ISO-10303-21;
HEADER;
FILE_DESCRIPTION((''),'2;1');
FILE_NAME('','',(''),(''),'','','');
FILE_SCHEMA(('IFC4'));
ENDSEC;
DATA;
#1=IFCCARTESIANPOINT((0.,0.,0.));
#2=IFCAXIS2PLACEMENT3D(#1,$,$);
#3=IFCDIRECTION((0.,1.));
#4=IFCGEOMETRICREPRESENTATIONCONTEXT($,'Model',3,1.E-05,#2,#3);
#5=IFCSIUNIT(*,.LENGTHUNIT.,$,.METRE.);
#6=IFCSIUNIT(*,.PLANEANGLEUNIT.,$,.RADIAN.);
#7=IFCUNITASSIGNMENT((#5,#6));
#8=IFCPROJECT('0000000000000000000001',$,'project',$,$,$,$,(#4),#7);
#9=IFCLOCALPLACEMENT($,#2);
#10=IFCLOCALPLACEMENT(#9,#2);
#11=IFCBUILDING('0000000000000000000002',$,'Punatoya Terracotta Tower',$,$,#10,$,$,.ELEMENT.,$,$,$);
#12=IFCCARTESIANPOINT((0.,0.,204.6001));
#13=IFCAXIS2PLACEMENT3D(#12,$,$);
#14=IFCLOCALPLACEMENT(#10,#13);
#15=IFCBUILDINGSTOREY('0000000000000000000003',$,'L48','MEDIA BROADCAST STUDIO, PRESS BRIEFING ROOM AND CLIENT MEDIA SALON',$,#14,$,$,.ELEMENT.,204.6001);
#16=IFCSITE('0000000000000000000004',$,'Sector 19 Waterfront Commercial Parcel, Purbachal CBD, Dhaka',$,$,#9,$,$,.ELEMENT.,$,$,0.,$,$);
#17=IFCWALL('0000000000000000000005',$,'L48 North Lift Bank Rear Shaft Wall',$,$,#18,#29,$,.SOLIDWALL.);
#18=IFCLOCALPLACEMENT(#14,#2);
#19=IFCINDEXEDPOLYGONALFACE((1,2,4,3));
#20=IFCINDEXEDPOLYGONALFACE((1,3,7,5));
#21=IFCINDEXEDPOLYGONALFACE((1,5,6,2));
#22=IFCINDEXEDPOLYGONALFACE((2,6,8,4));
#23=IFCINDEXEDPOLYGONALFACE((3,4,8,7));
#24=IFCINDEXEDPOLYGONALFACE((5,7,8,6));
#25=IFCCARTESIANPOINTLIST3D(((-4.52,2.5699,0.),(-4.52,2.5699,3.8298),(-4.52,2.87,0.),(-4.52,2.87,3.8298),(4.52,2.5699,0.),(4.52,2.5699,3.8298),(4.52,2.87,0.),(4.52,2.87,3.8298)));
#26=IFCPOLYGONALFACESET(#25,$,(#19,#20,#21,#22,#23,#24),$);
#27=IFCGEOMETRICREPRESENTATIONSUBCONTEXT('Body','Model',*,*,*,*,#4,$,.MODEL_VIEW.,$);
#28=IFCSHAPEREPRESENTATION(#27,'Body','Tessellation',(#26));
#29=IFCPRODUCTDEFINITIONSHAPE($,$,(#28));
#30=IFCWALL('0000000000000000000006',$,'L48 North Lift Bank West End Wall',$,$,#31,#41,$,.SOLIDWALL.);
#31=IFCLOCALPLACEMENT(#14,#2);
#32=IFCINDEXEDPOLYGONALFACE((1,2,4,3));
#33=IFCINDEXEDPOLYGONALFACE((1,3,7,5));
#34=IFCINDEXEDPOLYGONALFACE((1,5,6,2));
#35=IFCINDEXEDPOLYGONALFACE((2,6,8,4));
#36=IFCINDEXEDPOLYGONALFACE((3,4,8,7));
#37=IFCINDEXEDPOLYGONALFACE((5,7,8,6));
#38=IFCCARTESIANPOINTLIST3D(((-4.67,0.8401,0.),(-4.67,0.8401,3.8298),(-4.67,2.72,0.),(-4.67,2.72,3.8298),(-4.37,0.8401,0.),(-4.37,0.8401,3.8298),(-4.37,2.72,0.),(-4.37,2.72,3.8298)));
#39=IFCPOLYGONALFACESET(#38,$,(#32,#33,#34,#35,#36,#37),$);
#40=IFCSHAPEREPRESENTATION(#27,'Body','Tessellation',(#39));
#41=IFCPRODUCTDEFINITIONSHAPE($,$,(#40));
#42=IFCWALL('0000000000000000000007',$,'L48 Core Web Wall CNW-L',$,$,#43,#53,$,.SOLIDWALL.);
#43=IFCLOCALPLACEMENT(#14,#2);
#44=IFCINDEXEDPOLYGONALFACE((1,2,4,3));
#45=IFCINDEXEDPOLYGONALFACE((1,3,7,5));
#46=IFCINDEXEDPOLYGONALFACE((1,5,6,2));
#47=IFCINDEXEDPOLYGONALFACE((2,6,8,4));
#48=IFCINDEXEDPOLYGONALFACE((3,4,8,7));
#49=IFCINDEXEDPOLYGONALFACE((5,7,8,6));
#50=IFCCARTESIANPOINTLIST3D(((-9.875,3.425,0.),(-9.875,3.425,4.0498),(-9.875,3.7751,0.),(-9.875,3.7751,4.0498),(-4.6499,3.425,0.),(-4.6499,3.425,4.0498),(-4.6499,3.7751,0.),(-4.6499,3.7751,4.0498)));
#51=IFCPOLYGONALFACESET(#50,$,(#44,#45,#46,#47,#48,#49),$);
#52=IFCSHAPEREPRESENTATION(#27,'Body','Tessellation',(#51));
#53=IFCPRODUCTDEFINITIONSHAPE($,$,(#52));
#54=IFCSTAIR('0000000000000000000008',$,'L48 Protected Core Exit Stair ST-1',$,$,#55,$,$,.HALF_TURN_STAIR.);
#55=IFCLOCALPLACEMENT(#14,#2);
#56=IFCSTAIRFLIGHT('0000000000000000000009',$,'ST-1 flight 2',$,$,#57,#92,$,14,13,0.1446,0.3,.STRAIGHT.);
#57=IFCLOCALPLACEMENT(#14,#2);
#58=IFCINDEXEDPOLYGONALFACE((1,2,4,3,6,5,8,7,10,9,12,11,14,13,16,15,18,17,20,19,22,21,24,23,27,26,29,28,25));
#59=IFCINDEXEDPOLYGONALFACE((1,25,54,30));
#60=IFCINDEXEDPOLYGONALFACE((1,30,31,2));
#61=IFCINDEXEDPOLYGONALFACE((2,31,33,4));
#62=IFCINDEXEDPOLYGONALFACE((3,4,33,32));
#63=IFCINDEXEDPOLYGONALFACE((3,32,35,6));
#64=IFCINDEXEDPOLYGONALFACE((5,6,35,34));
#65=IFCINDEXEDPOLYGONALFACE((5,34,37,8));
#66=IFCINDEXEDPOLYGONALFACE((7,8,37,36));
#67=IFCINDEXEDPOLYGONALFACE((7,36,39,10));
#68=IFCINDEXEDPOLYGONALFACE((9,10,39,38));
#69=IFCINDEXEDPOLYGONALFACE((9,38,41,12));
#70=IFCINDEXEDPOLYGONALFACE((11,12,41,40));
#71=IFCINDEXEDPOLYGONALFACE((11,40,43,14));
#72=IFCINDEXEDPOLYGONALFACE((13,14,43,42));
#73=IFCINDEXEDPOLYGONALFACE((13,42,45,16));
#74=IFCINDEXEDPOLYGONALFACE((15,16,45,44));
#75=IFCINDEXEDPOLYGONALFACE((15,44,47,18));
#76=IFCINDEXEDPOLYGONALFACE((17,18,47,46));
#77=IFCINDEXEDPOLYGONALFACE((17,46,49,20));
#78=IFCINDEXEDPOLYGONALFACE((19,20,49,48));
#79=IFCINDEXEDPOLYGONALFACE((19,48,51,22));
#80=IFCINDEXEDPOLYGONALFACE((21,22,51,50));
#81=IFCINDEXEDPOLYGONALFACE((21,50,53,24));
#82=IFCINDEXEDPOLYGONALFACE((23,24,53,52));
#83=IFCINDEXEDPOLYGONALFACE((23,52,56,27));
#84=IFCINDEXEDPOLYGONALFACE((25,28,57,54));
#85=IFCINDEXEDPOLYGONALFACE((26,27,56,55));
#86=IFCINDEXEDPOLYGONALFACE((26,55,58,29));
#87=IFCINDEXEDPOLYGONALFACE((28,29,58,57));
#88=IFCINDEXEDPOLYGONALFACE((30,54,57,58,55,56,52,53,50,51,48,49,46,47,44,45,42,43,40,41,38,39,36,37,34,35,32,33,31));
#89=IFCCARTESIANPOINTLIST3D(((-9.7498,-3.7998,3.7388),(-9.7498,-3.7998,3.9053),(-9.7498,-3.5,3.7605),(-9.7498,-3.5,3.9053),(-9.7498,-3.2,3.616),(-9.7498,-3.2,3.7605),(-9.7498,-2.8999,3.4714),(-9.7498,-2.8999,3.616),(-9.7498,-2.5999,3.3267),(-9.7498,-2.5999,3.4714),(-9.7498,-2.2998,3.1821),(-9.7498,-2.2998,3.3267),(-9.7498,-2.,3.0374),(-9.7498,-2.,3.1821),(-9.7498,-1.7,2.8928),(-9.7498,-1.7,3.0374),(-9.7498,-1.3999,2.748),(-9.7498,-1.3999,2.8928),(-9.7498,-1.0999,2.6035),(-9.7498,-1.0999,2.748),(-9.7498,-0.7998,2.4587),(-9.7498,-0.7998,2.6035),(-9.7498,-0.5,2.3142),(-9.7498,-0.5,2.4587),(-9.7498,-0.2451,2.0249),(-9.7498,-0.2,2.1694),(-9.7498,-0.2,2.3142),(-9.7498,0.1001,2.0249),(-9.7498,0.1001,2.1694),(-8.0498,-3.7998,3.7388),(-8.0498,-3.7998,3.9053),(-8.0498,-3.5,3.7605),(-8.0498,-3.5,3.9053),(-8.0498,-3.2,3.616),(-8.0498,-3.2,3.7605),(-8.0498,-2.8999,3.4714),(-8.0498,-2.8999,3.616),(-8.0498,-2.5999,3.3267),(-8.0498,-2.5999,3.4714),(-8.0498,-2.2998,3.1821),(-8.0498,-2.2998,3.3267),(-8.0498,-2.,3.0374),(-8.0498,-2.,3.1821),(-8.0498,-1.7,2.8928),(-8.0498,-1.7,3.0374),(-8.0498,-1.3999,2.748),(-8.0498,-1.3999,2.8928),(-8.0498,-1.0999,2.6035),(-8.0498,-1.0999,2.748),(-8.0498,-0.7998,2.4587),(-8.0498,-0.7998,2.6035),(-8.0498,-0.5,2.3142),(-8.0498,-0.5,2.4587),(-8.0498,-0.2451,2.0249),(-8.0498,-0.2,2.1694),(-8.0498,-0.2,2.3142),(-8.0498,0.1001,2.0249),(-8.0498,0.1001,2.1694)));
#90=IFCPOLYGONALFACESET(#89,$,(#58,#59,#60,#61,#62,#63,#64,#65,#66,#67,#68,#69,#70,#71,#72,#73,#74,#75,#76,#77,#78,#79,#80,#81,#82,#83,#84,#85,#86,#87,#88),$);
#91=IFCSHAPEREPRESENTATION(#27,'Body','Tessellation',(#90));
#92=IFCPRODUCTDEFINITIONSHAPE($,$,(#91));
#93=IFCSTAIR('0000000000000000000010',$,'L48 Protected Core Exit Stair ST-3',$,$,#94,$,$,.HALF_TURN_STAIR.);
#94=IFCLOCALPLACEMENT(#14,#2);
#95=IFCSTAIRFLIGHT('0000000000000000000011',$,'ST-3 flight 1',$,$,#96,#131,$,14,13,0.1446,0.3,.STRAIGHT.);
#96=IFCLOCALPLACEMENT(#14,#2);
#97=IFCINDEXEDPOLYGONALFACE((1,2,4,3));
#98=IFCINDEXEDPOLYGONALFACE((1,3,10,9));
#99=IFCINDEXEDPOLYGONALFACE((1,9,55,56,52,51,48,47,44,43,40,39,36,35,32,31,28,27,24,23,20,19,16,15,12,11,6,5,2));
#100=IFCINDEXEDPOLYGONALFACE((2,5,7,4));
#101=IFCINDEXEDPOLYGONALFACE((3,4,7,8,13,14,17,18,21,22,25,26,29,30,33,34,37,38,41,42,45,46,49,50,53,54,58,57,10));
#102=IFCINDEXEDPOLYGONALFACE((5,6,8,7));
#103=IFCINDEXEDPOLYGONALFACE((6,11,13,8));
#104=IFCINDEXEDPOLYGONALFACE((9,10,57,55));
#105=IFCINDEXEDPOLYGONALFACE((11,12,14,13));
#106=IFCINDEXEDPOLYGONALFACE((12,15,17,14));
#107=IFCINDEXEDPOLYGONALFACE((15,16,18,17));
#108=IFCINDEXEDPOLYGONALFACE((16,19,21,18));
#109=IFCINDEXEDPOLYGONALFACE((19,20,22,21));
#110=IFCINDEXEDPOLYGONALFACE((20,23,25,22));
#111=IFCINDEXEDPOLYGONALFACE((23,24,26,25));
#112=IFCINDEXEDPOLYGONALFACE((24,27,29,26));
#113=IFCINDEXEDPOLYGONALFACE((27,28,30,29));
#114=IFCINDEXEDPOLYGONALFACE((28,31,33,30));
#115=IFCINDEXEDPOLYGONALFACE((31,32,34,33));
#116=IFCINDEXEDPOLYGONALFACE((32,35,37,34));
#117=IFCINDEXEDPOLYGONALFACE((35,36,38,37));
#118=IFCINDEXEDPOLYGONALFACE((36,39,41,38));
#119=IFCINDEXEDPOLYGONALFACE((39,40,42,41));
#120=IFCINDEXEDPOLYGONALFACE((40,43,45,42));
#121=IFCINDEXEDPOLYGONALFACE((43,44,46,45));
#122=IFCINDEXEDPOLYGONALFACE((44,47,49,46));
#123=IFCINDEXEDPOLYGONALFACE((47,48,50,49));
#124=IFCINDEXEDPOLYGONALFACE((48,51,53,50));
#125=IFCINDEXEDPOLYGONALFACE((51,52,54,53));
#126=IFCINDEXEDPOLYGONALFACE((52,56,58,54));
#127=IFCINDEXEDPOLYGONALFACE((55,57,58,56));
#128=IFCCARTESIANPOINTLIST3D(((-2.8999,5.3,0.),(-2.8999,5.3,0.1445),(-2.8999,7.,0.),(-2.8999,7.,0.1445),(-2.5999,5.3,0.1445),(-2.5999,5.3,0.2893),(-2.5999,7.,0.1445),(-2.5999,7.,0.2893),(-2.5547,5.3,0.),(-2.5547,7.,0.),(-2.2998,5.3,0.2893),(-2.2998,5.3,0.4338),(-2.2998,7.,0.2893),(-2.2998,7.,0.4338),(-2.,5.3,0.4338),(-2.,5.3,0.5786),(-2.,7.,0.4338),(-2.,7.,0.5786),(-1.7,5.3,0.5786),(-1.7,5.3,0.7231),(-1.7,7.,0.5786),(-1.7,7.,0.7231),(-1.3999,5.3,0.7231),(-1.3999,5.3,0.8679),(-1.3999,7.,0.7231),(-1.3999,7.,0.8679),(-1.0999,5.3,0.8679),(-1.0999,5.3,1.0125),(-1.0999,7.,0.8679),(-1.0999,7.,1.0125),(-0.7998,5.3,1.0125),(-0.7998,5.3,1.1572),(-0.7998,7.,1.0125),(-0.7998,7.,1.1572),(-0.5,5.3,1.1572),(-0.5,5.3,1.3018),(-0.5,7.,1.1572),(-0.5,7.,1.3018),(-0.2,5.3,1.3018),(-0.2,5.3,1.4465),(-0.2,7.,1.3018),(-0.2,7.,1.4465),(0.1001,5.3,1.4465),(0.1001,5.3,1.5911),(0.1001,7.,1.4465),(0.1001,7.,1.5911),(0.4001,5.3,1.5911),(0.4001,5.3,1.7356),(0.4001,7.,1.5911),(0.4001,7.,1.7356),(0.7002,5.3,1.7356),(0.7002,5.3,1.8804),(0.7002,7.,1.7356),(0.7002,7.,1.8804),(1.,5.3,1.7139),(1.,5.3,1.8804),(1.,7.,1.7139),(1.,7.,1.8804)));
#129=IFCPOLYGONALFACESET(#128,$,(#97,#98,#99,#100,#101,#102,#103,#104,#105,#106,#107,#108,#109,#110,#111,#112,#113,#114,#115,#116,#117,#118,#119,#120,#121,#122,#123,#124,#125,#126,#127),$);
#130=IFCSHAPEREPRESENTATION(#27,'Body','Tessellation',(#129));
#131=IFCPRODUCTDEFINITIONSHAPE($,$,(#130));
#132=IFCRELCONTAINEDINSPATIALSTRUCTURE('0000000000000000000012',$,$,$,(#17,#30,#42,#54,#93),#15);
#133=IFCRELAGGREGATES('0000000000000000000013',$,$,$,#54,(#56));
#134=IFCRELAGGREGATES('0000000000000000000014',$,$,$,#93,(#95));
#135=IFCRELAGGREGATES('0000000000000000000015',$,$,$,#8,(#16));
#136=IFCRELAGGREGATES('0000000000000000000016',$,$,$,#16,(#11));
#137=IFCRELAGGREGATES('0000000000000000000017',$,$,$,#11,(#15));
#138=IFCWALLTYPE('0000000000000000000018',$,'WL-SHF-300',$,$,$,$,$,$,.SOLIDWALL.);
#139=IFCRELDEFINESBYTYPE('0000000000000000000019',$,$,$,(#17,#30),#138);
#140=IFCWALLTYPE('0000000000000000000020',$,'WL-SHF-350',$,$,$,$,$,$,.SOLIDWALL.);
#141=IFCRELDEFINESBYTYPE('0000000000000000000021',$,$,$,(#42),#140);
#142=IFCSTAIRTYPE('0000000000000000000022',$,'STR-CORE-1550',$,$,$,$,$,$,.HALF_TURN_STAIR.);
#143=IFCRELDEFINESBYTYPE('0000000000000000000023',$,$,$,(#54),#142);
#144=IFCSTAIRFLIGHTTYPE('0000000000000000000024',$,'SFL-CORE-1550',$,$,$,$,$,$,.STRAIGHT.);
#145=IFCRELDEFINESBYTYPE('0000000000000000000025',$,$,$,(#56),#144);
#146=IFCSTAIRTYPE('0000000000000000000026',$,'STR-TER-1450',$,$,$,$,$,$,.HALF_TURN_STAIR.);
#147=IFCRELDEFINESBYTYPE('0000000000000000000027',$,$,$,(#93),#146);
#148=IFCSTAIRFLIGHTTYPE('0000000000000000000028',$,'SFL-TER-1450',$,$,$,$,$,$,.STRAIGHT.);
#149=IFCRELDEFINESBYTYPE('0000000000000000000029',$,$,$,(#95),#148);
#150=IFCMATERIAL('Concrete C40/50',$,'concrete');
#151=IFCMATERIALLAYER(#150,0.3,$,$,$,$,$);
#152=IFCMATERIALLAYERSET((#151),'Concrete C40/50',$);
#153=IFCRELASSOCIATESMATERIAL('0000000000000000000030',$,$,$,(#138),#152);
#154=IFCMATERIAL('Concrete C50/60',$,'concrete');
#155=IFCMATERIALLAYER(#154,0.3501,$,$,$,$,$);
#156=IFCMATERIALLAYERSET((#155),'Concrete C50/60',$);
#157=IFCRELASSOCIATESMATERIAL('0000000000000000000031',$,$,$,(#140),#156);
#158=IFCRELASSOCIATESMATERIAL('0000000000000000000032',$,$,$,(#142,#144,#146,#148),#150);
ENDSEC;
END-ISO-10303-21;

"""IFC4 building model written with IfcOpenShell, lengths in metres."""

from ifc_helpers import new_model, si_unit, direction, frame, frame_2d, origin, place, context, subcontext, project, spatial, polyline, rectangle, outline, extrude, material, layer, layer_set, type_object, element, aggregate, save


model = new_model("IFC4")

# Units and contexts
model_context = context("Model", 3, precision=1e-05, world=origin(), true_north=direction((0.0, 1.0)))
body_context = subcontext(model_context, "Body", "Model", "MODEL_VIEW")
ifc_project = project(units=[si_unit("LENGTHUNIT", "METRE"), si_unit("PLANEANGLEUNIT", "RADIAN")], contexts=[model_context])

# Site, building, storey
site_placement = place(None, origin())
site = spatial("IfcSite", under=ifc_project, at=site_placement, Name="Sector 19 Waterfront Commercial Parcel, Purbachal CBD, Dhaka", CompositionType="ELEMENT", RefElevation=0.0)
building_placement = place(site_placement, origin())
building = spatial("IfcBuilding", under=site, at=building_placement, Name="Punatoya Terracotta Tower", CompositionType="ELEMENT")
storey_placement = place(building_placement, frame((0.0, 0.0, 204.6001)))
storey = spatial("IfcBuildingStorey", under=building, at=storey_placement, Name="L48", Description="MEDIA BROADCAST STUDIO, PRESS BRIEFING ROOM AND CLIENT MEDIA SALON", CompositionType="ELEMENT", Elevation=204.6001)

# Shared definitions
ifc_material_1 = material(Name="Concrete C40/50", Category="concrete")

# Shared definitions
ifc_layer_1 = layer(ifc_material_1, 0.3)
ifc_layer_set_1 = layer_set([ifc_layer_1], Name="Concrete C40/50")
wall_type_1 = type_object("IfcWallType", Name="WL-SHF-300", PredefinedType="SOLIDWALL", material=ifc_layer_set_1)

# Walls
wall_1_placement = place(storey_placement, frame((-4.52, 2.72, 0.0), z_axis=(0.0, 0.0, 1.0), x_axis=(1.0, 0.0, 0.0)))
element("IfcWall", 1, at=wall_1_placement, inside=storey, type_object=wall_type_1, Name="L48 North Lift Bank Rear Shaft Wall", PredefinedType="SOLIDWALL", context=body_context, shape_type="SweptSolid", body=[
    extrude(rectangle(XDim=9.04, YDim=0.3, at=frame_2d((4.52, 0.0))), origin(), (0.0, 0.0, 1.0), 3.8298),
])
wall_2_placement = place(storey_placement, frame((-4.52, 0.8401, 0.0), z_axis=(0.0, 0.0, 1.0), x_axis=(0.0, 1.0, 0.0)))
element("IfcWall", 2, at=wall_2_placement, inside=storey, type_object=wall_type_1, Name="L48 North Lift Bank West End Wall", PredefinedType="SOLIDWALL", context=body_context, shape_type="SweptSolid", body=[
    extrude(rectangle(XDim=1.8799, YDim=0.3, at=frame_2d((0.9399, 0.0))), origin(), (0.0, 0.0, 1.0), 3.8298),
])
ifc_material_2 = material(Name="Concrete C50/60", Category="concrete")
ifc_layer_2 = layer(ifc_material_2, 0.3501)
ifc_layer_set_2 = layer_set([ifc_layer_2], Name="Concrete C50/60")
wall_type_2 = type_object("IfcWallType", Name="WL-SHF-350", PredefinedType="SOLIDWALL", material=ifc_layer_set_2)
wall_3_placement = place(storey_placement, frame((-9.875, 3.6001, 0.0), z_axis=(0.0, 0.0, 1.0), x_axis=(1.0, 0.0, 0.0)))
element("IfcWall", 3, at=wall_3_placement, inside=storey, type_object=wall_type_2, Name="L48 Core Web Wall CNW-L", PredefinedType="SOLIDWALL", context=body_context, shape_type="SweptSolid", body=[
    extrude(rectangle(XDim=5.2251, YDim=0.3501, at=frame_2d((2.6125, 0.0))), origin(), (0.0, 0.0, 1.0), 4.0498),
])

# Stairs, stair flights
stair_type_1 = type_object("IfcStairType", Name="STR-CORE-1550", PredefinedType="HALF_TURN_STAIR", material=ifc_material_1)
stair_1_placement = place(storey_placement, origin())
stair_1 = element("IfcStair", 4, at=stair_1_placement, inside=storey, type_object=stair_type_1, Name="L48 Protected Core Exit Stair ST-1", PredefinedType="HALF_TURN_STAIR")
stair_flight_type_1 = type_object("IfcStairFlightType", Name="SFL-CORE-1550", PredefinedType="STRAIGHT", material=ifc_material_1)
stair_flight_1_placement = place(storey_placement, frame((-8.8999, 0.1001, 2.0249), z_axis=(0.0, 0.0, 1.0), x_axis=(0.0, -1.0, 0.0)))
stair_flight_1 = element("IfcStairFlight", 5, at=stair_flight_1_placement, type_object=stair_flight_type_1, Name="ST-1 flight 2", NumberOfRisers=14, NumberOfTreads=13, PredefinedType="STRAIGHT", RiserHeight=0.1446, TreadLength=0.3, context=body_context, shape_type="SweptSolid", body=[
    extrude(outline(polyline([(0.0, 0.0), (0.0, 0.1445), (0.3, 0.1445), (0.3, 0.2893), (0.6001, 0.2893), (0.6001, 0.4338), (0.8999, 0.4338), (0.8999, 0.5786), (1.2, 0.5786), (1.2, 0.7231), (1.5, 0.7231), (1.5, 0.8679), (1.8, 0.8679), (1.8, 1.0125), (2.1001, 1.0125), (2.1001, 1.1572), (2.3999, 1.1572), (2.3999, 1.3018), (2.7, 1.3018), (2.7, 1.4465), (3.0, 1.4465), (3.0, 1.5911), (3.3, 1.5911), (3.3, 1.7356), (3.6001, 1.7356), (3.6001, 1.8804), (3.8999, 1.8804), (3.8999, 2.0249), (3.8999, 1.7139), (0.3452, 0.0), (0.0, 0.0)])), frame((0.0, 0.8501, 0.0), z_axis=(0.0, -1.0, 0.0), x_axis=(1.0, 0.0, 0.0)), (0.0, 0.0, 1.0), 1.7),
])
aggregate(stair_1, [stair_flight_1])
stair_type_2 = type_object("IfcStairType", Name="STR-TER-1450", PredefinedType="HALF_TURN_STAIR", material=ifc_material_1)
stair_2_placement = place(storey_placement, origin())
stair_2 = element("IfcStair", 6, at=stair_2_placement, inside=storey, type_object=stair_type_2, Name="L48 Protected Core Exit Stair ST-3", PredefinedType="HALF_TURN_STAIR")
stair_flight_type_2 = type_object("IfcStairFlightType", Name="SFL-TER-1450", PredefinedType="STRAIGHT", material=ifc_material_1)
stair_flight_2_placement = place(storey_placement, frame((-2.8999, 6.1499, 0.0), z_axis=(0.0, 0.0, 1.0), x_axis=(1.0, 0.0, 0.0)))
stair_flight_2 = element("IfcStairFlight", 7, at=stair_flight_2_placement, type_object=stair_flight_type_2, Name="ST-3 flight 1", NumberOfRisers=14, NumberOfTreads=13, PredefinedType="STRAIGHT", RiserHeight=0.1446, TreadLength=0.3, context=body_context, shape_type="SweptSolid", body=[
    extrude(outline(polyline([(0.0, 0.0), (0.0, 0.1445), (0.3, 0.1445), (0.3, 0.2893), (0.6001, 0.2893), (0.6001, 0.4338), (0.8999, 0.4338), (0.8999, 0.5786), (1.2, 0.5786), (1.2, 0.7231), (1.5, 0.7231), (1.5, 0.8679), (1.8, 0.8679), (1.8, 1.0125), (2.1001, 1.0125), (2.1001, 1.1572), (2.3999, 1.1572), (2.3999, 1.3018), (2.7, 1.3018), (2.7, 1.4465), (3.0, 1.4465), (3.0, 1.5911), (3.3, 1.5911), (3.3, 1.7356), (3.6001, 1.7356), (3.6001, 1.8804), (3.8999, 1.8804), (3.8999, 2.0249), (3.8999, 1.7139), (0.3452, 0.0), (0.0, 0.0)])), frame((0.0, 0.8501, 0.0), z_axis=(0.0, -1.0, 0.0), x_axis=(1.0, 0.0, 0.0)), (0.0, 0.0, 1.0), 1.7),
])
aggregate(stair_2, [stair_flight_2])

save(model, "model.ifc")
